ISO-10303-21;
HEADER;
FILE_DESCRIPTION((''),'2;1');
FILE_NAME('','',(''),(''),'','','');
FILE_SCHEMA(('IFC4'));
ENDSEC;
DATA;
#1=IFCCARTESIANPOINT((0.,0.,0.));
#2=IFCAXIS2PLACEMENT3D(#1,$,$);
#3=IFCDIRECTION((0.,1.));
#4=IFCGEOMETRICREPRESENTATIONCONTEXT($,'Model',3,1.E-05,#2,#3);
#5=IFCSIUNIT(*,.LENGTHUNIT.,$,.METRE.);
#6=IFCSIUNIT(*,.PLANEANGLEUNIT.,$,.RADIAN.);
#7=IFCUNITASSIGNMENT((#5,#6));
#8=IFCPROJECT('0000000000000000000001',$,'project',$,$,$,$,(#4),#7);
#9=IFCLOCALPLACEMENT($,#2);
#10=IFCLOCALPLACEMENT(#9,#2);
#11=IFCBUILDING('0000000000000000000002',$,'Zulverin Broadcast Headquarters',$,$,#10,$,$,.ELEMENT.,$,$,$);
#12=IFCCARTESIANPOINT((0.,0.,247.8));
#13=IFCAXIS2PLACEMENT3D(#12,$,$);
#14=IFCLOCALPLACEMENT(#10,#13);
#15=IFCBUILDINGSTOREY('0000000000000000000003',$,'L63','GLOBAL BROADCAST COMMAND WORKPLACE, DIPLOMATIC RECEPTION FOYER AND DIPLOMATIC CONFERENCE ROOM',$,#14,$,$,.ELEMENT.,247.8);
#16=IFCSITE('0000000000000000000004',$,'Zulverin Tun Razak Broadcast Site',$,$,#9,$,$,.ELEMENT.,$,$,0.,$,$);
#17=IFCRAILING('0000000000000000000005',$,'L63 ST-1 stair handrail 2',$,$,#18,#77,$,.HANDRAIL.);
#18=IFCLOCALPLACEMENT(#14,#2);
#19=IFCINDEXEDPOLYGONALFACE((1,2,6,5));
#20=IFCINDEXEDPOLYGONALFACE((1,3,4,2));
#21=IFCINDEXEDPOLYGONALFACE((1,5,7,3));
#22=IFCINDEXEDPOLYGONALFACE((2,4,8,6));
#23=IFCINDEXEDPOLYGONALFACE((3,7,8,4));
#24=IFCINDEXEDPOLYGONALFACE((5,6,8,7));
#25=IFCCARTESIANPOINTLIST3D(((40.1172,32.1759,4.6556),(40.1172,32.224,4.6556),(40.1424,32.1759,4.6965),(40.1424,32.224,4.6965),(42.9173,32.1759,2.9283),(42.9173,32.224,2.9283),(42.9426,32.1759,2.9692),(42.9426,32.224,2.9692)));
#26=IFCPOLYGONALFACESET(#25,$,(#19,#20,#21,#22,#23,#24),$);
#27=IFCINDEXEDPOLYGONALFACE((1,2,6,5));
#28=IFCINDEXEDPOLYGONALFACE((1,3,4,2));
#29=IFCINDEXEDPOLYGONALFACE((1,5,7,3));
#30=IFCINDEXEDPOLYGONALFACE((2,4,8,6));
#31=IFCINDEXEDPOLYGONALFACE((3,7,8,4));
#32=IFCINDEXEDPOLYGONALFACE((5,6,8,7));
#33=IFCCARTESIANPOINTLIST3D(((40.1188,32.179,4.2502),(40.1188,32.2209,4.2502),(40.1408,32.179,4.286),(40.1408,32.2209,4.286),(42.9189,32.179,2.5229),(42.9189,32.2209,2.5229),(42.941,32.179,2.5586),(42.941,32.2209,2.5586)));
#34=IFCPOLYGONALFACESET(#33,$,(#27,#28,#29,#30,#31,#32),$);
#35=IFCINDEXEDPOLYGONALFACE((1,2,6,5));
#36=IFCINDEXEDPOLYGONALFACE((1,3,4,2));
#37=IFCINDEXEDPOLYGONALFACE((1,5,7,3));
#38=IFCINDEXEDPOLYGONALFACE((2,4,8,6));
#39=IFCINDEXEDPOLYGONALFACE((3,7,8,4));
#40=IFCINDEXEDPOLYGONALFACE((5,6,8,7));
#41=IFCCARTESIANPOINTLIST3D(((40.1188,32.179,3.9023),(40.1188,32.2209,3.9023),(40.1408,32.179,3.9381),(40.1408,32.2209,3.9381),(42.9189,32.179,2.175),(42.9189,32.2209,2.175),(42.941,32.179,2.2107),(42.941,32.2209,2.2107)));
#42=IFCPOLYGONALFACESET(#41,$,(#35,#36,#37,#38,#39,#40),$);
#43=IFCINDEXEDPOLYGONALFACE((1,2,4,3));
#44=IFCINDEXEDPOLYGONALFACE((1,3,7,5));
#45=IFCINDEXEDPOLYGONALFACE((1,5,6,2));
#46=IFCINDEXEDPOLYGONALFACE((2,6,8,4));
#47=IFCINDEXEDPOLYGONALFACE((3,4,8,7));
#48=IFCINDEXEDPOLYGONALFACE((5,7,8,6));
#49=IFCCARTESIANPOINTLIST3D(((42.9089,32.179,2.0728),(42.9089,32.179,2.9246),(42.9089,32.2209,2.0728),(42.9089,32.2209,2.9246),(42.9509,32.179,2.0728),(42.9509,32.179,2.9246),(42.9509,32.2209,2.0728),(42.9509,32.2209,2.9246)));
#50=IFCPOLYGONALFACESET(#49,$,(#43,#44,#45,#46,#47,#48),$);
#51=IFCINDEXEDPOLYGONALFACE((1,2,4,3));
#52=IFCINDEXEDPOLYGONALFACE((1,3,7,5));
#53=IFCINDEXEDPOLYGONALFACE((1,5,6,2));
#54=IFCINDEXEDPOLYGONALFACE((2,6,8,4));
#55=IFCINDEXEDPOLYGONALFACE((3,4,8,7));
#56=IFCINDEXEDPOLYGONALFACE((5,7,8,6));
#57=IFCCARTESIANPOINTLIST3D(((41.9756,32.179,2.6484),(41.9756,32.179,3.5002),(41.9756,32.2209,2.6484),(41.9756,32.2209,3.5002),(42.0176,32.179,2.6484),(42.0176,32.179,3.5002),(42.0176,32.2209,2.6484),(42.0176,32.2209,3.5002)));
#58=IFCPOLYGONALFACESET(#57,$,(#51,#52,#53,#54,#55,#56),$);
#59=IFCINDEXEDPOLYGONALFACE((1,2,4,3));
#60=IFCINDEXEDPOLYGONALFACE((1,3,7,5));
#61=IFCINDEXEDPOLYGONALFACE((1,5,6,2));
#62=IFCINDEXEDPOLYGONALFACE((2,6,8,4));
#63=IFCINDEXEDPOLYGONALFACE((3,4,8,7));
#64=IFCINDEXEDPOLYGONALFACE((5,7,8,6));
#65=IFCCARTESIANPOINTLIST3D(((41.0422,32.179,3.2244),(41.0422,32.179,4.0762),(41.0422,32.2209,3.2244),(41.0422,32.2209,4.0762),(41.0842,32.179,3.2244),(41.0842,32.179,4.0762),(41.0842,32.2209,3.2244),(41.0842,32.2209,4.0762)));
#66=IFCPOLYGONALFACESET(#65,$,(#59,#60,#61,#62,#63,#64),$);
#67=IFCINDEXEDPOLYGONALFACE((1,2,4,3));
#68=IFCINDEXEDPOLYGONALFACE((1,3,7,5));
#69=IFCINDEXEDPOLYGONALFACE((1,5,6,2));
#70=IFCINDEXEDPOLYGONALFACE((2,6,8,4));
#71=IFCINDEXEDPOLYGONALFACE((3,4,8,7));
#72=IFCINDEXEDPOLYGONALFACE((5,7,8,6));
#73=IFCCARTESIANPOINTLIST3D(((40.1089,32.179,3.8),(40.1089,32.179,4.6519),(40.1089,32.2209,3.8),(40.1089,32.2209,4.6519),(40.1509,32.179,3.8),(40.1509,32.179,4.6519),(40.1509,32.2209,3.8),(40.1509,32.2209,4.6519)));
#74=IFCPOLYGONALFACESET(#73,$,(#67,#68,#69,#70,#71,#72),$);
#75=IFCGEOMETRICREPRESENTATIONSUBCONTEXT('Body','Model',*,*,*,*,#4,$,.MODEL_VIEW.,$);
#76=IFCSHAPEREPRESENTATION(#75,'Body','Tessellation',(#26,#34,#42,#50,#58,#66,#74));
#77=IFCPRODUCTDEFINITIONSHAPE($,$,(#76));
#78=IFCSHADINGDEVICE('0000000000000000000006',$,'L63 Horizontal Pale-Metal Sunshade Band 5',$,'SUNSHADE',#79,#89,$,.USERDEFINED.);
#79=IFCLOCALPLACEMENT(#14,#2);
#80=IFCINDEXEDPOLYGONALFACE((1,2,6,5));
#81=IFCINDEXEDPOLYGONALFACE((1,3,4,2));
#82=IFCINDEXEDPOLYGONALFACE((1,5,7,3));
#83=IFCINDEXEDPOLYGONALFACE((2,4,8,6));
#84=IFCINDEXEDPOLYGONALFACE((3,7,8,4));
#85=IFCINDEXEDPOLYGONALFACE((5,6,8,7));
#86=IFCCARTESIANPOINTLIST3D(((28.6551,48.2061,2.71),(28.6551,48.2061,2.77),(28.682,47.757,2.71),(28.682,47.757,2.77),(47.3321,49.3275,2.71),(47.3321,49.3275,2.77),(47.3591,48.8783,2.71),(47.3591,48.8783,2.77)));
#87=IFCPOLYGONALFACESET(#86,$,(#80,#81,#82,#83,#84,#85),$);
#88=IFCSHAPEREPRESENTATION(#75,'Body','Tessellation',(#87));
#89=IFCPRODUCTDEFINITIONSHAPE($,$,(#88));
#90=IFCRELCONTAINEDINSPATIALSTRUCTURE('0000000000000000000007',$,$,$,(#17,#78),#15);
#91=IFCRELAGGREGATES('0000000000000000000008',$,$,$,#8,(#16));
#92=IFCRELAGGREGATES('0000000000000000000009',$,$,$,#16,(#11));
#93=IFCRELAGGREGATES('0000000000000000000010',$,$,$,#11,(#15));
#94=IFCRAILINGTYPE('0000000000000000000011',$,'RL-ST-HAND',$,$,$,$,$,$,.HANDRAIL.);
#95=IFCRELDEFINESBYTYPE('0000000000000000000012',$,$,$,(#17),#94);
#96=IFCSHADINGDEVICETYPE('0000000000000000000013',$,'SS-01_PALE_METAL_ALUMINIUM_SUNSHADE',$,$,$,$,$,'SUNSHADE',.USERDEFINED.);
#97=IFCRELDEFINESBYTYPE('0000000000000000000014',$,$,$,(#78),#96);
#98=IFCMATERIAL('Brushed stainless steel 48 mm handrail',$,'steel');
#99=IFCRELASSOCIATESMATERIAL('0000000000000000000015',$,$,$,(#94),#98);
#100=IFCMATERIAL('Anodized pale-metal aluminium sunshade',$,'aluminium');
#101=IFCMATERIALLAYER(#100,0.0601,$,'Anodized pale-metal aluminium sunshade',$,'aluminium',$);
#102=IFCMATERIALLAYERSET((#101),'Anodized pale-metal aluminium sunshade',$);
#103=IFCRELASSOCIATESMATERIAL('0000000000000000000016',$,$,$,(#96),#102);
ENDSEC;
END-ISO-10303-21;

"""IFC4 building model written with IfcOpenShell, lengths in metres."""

from ifc_helpers import new_model, si_unit, direction, frame, origin, origin_2d, place, context, subcontext, project, spatial, rectangle, extrude, material, layer, layer_set, type_object, element, save


model = new_model("IFC4")

# Units and contexts
model_context = context("Model", 3, precision=1e-05, world=origin(), true_north=direction((0.0, 1.0)))
body_context = subcontext(model_context, "Body", "Model", "MODEL_VIEW")
ifc_project = project(units=[si_unit("LENGTHUNIT", "METRE"), si_unit("PLANEANGLEUNIT", "RADIAN")], contexts=[model_context])

# Site, building, storey
site_placement = place(None, origin())
site = spatial("IfcSite", under=ifc_project, at=site_placement, Name="Zulverin Tun Razak Broadcast Site", CompositionType="ELEMENT", RefElevation=0.0)
building_placement = place(site_placement, origin())
building = spatial("IfcBuilding", under=site, at=building_placement, Name="Zulverin Broadcast Headquarters", CompositionType="ELEMENT")
storey_placement = place(building_placement, frame((0.0, 0.0, 247.8)))
storey = spatial("IfcBuildingStorey", under=building, at=storey_placement, Name="L63", Description="GLOBAL BROADCAST COMMAND WORKPLACE, DIPLOMATIC RECEPTION FOYER AND DIPLOMATIC CONFERENCE ROOM", CompositionType="ELEMENT", Elevation=247.8)

# Railing
ifc_material_1 = material(Name="Brushed stainless steel 48 mm handrail", Category="steel")
railing_type_1 = type_object("IfcRailingType", Name="RL-ST-HAND", PredefinedType="HANDRAIL", material=ifc_material_1)
railing_1_placement = place(storey_placement, frame((42.9299, 32.2, 2.0728)))
element("IfcRailing", 1, at=railing_1_placement, inside=storey, type_object=railing_type_1, Name="L63 ST-1 stair handrail 2", PredefinedType="HANDRAIL", context=body_context, shape_type="SweptSolid", body=[
    extrude(rectangle(XDim=0.0481, YDim=0.0481, at=origin_2d()), frame((0.0, 0.0, 0.876), z_axis=(-0.85109, 0.0, 0.52502), x_axis=(0.0, -1.0, 0.0)), (0.0, 0.0, 1.0), 3.29),
    extrude(rectangle(XDim=0.042, YDim=0.042, at=origin_2d()), frame((0.0, 0.0, 0.468), z_axis=(-0.85109, 0.0, 0.52502), x_axis=(0.0, -1.0, 0.0)), (0.0, 0.0, 1.0), 3.29),
    extrude(rectangle(XDim=0.042, YDim=0.042, at=origin_2d()), frame((0.0, 0.0, 0.1201), z_axis=(-0.85109, 0.0, 0.52502), x_axis=(0.0, -1.0, 0.0)), (0.0, 0.0, 1.0), 3.29),
    extrude(rectangle(XDim=0.042, YDim=0.042, at=origin_2d()), origin(), (0.0, 0.0, 1.0), 0.8518),
    extrude(rectangle(XDim=0.042, YDim=0.042, at=origin_2d()), frame((-0.9333, 0.0, 0.5757)), (0.0, 0.0, 1.0), 0.8518),
    extrude(rectangle(XDim=0.042, YDim=0.042, at=origin_2d()), frame((-1.8667, 0.0, 1.1516)), (0.0, 0.0, 1.0), 0.8518),
    extrude(rectangle(XDim=0.042, YDim=0.042, at=origin_2d()), frame((-2.8, 0.0, 1.7273)), (0.0, 0.0, 1.0), 0.8518),
])

# Shading device
ifc_material_2 = material(Name="Anodized pale-metal aluminium sunshade", Category="aluminium")
ifc_layer_1 = layer(ifc_material_2, 0.0601, Name="Anodized pale-metal aluminium sunshade", Category="aluminium")
ifc_layer_set_1 = layer_set([ifc_layer_1], Name="Anodized pale-metal aluminium sunshade")
shading_device_type = type_object("IfcShadingDeviceType", Name="SS-01_PALE_METAL_ALUMINIUM_SUNSHADE", ElementType="SUNSHADE", PredefinedType="USERDEFINED", material=ifc_layer_set_1)
shading_device_placement = place(storey_placement, frame((38.0071, 48.5422, 2.71), z_axis=(0.0, 0.0, 1.0), x_axis=(-0.998203, -0.05993, 0.0)))
element("IfcShadingDevice", 2, at=shading_device_placement, inside=storey, type_object=shading_device_type, Name="L63 Horizontal Pale-Metal Sunshade Band 5", ObjectType="SUNSHADE", PredefinedType="USERDEFINED", context=body_context, shape_type="SweptSolid", body=[
    extrude(rectangle(XDim=18.7107, YDim=0.45, at=origin_2d()), origin(), (0.0, 0.0, 1.0), 0.0601),
])

save(model, "model.ifc")
